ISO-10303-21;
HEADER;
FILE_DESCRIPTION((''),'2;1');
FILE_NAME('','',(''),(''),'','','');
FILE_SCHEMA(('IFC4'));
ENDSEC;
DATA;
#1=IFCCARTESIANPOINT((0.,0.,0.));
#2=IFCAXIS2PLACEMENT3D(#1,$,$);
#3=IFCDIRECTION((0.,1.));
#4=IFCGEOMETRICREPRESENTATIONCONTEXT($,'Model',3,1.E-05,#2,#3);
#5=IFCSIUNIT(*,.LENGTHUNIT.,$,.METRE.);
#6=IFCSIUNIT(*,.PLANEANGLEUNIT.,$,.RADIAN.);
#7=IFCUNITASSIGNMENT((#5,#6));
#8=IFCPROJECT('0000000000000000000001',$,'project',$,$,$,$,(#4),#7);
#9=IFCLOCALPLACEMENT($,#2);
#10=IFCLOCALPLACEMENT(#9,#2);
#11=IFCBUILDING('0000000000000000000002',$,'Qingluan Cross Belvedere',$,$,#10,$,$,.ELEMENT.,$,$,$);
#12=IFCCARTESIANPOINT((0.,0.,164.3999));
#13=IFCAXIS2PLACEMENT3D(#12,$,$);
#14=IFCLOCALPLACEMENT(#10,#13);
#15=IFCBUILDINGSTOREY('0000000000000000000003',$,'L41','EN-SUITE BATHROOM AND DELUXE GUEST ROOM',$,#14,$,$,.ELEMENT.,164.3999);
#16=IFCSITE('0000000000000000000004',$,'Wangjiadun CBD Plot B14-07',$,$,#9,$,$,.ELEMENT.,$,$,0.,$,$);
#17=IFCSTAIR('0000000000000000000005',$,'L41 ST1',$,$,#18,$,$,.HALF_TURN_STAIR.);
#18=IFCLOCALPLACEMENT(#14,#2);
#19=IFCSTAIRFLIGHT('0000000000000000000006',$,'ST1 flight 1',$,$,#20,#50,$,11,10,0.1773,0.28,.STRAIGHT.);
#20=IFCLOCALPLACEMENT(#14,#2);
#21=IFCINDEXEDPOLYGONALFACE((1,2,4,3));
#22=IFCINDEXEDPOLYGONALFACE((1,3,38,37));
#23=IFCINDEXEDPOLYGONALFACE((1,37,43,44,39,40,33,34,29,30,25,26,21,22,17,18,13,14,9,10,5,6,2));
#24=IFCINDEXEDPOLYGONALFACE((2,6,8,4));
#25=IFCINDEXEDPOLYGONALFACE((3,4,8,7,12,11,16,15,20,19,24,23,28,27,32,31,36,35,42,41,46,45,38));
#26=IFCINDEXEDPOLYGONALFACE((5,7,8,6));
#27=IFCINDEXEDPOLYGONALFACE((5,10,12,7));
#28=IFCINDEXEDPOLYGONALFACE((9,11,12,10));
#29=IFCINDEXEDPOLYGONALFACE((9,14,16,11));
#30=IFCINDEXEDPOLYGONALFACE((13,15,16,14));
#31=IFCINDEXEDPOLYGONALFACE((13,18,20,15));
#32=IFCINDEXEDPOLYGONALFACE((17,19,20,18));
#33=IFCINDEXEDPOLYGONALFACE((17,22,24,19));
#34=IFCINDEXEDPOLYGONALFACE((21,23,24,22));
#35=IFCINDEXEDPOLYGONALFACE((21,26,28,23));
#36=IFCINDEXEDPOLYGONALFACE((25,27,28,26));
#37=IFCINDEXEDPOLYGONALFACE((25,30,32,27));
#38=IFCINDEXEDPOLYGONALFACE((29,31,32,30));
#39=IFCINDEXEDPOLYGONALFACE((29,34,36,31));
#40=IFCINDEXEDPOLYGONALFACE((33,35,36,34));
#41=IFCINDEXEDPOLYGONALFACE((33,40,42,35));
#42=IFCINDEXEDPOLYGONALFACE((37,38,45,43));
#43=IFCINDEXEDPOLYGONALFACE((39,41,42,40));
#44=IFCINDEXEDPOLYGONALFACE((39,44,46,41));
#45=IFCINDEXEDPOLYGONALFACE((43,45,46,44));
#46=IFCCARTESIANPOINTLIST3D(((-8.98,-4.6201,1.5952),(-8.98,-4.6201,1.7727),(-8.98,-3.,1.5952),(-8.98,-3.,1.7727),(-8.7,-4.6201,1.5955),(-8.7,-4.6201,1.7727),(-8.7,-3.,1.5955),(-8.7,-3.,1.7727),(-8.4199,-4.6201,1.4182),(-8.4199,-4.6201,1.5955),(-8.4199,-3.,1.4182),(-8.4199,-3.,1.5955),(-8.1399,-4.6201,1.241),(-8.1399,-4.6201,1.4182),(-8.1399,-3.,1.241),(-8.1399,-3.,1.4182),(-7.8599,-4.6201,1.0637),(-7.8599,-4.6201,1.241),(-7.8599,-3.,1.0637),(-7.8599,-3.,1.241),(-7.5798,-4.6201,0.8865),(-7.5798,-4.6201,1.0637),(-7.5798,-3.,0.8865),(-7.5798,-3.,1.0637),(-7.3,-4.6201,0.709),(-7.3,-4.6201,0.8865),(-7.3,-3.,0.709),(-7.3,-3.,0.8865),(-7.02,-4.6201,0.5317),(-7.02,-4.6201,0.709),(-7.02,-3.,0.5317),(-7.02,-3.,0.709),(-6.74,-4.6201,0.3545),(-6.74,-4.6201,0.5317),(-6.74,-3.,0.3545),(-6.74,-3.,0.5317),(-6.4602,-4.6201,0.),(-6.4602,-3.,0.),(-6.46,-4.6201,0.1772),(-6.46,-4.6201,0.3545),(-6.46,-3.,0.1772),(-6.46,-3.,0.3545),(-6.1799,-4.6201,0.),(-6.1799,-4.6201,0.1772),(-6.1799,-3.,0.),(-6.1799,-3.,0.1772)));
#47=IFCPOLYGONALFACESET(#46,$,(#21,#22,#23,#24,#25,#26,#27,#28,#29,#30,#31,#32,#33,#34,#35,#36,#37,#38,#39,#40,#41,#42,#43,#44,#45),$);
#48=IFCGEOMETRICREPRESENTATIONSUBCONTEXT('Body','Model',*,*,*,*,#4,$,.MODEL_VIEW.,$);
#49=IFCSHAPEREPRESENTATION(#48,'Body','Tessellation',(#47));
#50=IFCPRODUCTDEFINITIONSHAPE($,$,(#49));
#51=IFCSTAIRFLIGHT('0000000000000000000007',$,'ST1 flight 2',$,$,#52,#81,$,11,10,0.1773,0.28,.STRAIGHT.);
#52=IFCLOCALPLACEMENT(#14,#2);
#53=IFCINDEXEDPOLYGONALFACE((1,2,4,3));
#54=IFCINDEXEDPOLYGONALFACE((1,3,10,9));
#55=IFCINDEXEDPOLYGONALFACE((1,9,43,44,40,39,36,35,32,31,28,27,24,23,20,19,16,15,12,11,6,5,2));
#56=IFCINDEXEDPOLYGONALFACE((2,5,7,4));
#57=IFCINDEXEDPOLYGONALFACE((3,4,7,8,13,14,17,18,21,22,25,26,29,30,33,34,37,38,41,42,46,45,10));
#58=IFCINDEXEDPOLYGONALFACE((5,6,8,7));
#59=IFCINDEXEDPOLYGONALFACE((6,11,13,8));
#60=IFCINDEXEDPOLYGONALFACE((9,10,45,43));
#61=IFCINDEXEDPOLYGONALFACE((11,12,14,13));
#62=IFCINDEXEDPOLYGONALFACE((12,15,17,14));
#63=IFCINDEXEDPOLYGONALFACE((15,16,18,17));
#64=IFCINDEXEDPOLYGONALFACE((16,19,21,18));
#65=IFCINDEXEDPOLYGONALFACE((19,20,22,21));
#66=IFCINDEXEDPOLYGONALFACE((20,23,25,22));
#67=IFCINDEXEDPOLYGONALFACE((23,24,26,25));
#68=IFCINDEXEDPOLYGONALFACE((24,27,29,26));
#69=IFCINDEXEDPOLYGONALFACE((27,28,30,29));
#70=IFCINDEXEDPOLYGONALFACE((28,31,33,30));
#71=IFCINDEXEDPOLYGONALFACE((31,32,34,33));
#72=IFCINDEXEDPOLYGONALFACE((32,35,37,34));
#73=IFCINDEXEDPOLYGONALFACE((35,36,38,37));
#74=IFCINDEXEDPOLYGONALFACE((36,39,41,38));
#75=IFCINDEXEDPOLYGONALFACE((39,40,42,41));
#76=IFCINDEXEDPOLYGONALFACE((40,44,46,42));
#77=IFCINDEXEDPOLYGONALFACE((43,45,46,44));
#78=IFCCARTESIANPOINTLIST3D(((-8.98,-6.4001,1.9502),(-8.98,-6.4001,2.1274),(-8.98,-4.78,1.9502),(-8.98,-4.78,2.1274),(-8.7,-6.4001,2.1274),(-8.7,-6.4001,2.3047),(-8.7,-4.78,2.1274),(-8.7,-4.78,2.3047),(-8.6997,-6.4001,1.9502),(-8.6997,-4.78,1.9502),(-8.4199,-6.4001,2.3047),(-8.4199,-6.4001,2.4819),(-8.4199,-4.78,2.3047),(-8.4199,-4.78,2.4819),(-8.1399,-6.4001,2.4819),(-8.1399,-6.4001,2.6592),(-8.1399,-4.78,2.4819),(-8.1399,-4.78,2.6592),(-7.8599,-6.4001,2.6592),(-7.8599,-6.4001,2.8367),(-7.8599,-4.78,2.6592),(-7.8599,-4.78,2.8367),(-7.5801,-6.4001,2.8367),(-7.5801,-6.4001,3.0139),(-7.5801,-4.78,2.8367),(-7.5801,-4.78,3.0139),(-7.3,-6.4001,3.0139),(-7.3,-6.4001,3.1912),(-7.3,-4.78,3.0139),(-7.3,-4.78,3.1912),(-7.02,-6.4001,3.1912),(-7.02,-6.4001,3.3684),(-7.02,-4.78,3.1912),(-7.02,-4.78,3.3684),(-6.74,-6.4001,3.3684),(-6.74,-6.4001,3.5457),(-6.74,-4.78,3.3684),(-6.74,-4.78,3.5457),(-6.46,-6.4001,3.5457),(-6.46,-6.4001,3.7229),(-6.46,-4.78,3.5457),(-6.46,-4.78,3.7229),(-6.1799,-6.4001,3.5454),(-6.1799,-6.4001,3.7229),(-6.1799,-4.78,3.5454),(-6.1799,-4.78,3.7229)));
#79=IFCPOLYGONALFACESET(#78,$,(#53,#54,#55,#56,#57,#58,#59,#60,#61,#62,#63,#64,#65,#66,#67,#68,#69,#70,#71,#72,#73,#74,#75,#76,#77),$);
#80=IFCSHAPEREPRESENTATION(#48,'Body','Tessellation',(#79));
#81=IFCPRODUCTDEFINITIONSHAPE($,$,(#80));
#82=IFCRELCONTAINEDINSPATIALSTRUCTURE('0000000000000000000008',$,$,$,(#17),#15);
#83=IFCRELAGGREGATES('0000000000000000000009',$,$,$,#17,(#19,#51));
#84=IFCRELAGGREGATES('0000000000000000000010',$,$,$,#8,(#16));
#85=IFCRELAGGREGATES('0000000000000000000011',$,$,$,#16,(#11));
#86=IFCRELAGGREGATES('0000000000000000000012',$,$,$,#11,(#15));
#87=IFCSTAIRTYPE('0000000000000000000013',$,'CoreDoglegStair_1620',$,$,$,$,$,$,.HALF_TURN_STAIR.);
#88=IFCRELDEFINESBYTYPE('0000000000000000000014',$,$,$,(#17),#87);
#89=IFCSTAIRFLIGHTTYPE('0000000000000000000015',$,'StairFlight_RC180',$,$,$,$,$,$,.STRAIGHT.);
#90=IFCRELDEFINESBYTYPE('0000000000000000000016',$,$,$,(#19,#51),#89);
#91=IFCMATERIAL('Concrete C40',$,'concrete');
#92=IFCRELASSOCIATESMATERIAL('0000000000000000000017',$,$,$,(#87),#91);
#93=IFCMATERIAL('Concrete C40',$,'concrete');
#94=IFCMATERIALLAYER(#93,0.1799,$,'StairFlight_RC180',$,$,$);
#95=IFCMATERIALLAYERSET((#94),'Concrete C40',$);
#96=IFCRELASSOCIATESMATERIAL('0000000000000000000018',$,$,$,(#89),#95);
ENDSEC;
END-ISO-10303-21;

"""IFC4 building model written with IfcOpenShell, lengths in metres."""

from ifc_helpers import new_model, si_unit, direction, frame, origin, place, context, subcontext, project, spatial, polyline, outline, extrude, material, layer, layer_set, type_object, element, aggregate, save


model = new_model("IFC4")

# Units and contexts
model_context = context("Model", 3, precision=1e-05, world=origin(), true_north=direction((0.0, 1.0)))
body_context = subcontext(model_context, "Body", "Model", "MODEL_VIEW")
ifc_project = project(units=[si_unit("LENGTHUNIT", "METRE"), si_unit("PLANEANGLEUNIT", "RADIAN")], contexts=[model_context])

# Site, building, storey
site_placement = place(None, origin())
site = spatial("IfcSite", under=ifc_project, at=site_placement, Name="Wangjiadun CBD Plot B14-07", CompositionType="ELEMENT", RefElevation=0.0)
building_placement = place(site_placement, origin())
building = spatial("IfcBuilding", under=site, at=building_placement, Name="Qingluan Cross Belvedere", CompositionType="ELEMENT")
storey_placement = place(building_placement, frame((0.0, 0.0, 164.3999)))
storey = spatial("IfcBuildingStorey", under=building, at=storey_placement, Name="L41", Description="EN-SUITE BATHROOM AND DELUXE GUEST ROOM", CompositionType="ELEMENT", Elevation=164.3999)

# Stair, stair flights
ifc_material_1 = material(Name="Concrete C40", Category="concrete")
stair_type = type_object("IfcStairType", Name="CoreDoglegStair_1620", PredefinedType="HALF_TURN_STAIR", material=ifc_material_1)
stair_placement = place(storey_placement, origin())
stair = element("IfcStair", 1, at=stair_placement, inside=storey, type_object=stair_type, Name="L41 ST1", PredefinedType="HALF_TURN_STAIR")
ifc_material_2 = material(Name="Concrete C40", Category="concrete")
ifc_layer_1 = layer(ifc_material_2, 0.1799, Name="StairFlight_RC180")
ifc_layer_set_1 = layer_set([ifc_layer_1], Name="Concrete C40")
stair_flight_type = type_object("IfcStairFlightType", Name="StairFlight_RC180", PredefinedType="STRAIGHT", material=ifc_layer_set_1)
stair_flight_1_placement = place(storey_placement, frame((-6.1799, -3.8101, 0.0), z_axis=(0.0, 0.0, 1.0), x_axis=(-1.0, 0.0, 0.0)))
stair_flight_1 = element("IfcStairFlight", 2, at=stair_flight_1_placement, type_object=stair_flight_type, Name="ST1 flight 1", NumberOfRisers=11, NumberOfTreads=10, PredefinedType="STRAIGHT", RiserHeight=0.1773, TreadLength=0.28, context=body_context, shape_type="SweptSolid", body=[
    extrude(outline(polyline([(0.0, 0.0), (0.0, 0.1772), (0.28, 0.1772), (0.28, 0.3545), (0.5601, 0.3545), (0.5601, 0.5317), (0.8401, 0.5317), (0.8401, 0.709), (1.1201, 0.709), (1.1201, 0.8865), (1.3999, 0.8865), (1.3999, 1.0637), (1.6799, 1.0637), (1.6799, 1.241), (1.96, 1.241), (1.96, 1.4182), (2.24, 1.4182), (2.24, 1.5955), (2.52, 1.5955), (2.52, 1.7727), (2.8, 1.7727), (2.8, 1.95), (2.8, 1.5952), (0.2803, 0.0), (0.0, 0.0)])), frame((0.0, 0.8101, 0.0), z_axis=(0.0, -1.0, 0.0), x_axis=(1.0, 0.0, 0.0)), (0.0, 0.0, 1.0), 1.6201),
])
stair_flight_2_placement = place(storey_placement, frame((-8.98, -5.5901, 1.9502), z_axis=(0.0, 0.0, 1.0), x_axis=(1.0, 0.0, 0.0)))
stair_flight_2 = element("IfcStairFlight", 3, at=stair_flight_2_placement, type_object=stair_flight_type, Name="ST1 flight 2", NumberOfRisers=11, NumberOfTreads=10, PredefinedType="STRAIGHT", RiserHeight=0.1773, TreadLength=0.28, context=body_context, shape_type="SweptSolid", body=[
    extrude(outline(polyline([(0.0, 0.0), (0.0, 0.1772), (0.28, 0.1772), (0.28, 0.3545), (0.5601, 0.3545), (0.5601, 0.5317), (0.8401, 0.5317), (0.8401, 0.709), (1.1201, 0.709), (1.1201, 0.8865), (1.3999, 0.8865), (1.3999, 1.0637), (1.6799, 1.0637), (1.6799, 1.241), (1.96, 1.241), (1.96, 1.4182), (2.24, 1.4182), (2.24, 1.5955), (2.52, 1.5955), (2.52, 1.7727), (2.8, 1.7727), (2.8, 1.95), (2.8, 1.5952), (0.2803, 0.0), (0.0, 0.0)])), frame((0.0, 0.8101, 0.0), z_axis=(0.0, -1.0, 0.0), x_axis=(1.0, 0.0, 0.0)), (0.0, 0.0, 1.0), 1.6201),
])
aggregate(stair, [stair_flight_1, stair_flight_2])

save(model, "model.ifc")
